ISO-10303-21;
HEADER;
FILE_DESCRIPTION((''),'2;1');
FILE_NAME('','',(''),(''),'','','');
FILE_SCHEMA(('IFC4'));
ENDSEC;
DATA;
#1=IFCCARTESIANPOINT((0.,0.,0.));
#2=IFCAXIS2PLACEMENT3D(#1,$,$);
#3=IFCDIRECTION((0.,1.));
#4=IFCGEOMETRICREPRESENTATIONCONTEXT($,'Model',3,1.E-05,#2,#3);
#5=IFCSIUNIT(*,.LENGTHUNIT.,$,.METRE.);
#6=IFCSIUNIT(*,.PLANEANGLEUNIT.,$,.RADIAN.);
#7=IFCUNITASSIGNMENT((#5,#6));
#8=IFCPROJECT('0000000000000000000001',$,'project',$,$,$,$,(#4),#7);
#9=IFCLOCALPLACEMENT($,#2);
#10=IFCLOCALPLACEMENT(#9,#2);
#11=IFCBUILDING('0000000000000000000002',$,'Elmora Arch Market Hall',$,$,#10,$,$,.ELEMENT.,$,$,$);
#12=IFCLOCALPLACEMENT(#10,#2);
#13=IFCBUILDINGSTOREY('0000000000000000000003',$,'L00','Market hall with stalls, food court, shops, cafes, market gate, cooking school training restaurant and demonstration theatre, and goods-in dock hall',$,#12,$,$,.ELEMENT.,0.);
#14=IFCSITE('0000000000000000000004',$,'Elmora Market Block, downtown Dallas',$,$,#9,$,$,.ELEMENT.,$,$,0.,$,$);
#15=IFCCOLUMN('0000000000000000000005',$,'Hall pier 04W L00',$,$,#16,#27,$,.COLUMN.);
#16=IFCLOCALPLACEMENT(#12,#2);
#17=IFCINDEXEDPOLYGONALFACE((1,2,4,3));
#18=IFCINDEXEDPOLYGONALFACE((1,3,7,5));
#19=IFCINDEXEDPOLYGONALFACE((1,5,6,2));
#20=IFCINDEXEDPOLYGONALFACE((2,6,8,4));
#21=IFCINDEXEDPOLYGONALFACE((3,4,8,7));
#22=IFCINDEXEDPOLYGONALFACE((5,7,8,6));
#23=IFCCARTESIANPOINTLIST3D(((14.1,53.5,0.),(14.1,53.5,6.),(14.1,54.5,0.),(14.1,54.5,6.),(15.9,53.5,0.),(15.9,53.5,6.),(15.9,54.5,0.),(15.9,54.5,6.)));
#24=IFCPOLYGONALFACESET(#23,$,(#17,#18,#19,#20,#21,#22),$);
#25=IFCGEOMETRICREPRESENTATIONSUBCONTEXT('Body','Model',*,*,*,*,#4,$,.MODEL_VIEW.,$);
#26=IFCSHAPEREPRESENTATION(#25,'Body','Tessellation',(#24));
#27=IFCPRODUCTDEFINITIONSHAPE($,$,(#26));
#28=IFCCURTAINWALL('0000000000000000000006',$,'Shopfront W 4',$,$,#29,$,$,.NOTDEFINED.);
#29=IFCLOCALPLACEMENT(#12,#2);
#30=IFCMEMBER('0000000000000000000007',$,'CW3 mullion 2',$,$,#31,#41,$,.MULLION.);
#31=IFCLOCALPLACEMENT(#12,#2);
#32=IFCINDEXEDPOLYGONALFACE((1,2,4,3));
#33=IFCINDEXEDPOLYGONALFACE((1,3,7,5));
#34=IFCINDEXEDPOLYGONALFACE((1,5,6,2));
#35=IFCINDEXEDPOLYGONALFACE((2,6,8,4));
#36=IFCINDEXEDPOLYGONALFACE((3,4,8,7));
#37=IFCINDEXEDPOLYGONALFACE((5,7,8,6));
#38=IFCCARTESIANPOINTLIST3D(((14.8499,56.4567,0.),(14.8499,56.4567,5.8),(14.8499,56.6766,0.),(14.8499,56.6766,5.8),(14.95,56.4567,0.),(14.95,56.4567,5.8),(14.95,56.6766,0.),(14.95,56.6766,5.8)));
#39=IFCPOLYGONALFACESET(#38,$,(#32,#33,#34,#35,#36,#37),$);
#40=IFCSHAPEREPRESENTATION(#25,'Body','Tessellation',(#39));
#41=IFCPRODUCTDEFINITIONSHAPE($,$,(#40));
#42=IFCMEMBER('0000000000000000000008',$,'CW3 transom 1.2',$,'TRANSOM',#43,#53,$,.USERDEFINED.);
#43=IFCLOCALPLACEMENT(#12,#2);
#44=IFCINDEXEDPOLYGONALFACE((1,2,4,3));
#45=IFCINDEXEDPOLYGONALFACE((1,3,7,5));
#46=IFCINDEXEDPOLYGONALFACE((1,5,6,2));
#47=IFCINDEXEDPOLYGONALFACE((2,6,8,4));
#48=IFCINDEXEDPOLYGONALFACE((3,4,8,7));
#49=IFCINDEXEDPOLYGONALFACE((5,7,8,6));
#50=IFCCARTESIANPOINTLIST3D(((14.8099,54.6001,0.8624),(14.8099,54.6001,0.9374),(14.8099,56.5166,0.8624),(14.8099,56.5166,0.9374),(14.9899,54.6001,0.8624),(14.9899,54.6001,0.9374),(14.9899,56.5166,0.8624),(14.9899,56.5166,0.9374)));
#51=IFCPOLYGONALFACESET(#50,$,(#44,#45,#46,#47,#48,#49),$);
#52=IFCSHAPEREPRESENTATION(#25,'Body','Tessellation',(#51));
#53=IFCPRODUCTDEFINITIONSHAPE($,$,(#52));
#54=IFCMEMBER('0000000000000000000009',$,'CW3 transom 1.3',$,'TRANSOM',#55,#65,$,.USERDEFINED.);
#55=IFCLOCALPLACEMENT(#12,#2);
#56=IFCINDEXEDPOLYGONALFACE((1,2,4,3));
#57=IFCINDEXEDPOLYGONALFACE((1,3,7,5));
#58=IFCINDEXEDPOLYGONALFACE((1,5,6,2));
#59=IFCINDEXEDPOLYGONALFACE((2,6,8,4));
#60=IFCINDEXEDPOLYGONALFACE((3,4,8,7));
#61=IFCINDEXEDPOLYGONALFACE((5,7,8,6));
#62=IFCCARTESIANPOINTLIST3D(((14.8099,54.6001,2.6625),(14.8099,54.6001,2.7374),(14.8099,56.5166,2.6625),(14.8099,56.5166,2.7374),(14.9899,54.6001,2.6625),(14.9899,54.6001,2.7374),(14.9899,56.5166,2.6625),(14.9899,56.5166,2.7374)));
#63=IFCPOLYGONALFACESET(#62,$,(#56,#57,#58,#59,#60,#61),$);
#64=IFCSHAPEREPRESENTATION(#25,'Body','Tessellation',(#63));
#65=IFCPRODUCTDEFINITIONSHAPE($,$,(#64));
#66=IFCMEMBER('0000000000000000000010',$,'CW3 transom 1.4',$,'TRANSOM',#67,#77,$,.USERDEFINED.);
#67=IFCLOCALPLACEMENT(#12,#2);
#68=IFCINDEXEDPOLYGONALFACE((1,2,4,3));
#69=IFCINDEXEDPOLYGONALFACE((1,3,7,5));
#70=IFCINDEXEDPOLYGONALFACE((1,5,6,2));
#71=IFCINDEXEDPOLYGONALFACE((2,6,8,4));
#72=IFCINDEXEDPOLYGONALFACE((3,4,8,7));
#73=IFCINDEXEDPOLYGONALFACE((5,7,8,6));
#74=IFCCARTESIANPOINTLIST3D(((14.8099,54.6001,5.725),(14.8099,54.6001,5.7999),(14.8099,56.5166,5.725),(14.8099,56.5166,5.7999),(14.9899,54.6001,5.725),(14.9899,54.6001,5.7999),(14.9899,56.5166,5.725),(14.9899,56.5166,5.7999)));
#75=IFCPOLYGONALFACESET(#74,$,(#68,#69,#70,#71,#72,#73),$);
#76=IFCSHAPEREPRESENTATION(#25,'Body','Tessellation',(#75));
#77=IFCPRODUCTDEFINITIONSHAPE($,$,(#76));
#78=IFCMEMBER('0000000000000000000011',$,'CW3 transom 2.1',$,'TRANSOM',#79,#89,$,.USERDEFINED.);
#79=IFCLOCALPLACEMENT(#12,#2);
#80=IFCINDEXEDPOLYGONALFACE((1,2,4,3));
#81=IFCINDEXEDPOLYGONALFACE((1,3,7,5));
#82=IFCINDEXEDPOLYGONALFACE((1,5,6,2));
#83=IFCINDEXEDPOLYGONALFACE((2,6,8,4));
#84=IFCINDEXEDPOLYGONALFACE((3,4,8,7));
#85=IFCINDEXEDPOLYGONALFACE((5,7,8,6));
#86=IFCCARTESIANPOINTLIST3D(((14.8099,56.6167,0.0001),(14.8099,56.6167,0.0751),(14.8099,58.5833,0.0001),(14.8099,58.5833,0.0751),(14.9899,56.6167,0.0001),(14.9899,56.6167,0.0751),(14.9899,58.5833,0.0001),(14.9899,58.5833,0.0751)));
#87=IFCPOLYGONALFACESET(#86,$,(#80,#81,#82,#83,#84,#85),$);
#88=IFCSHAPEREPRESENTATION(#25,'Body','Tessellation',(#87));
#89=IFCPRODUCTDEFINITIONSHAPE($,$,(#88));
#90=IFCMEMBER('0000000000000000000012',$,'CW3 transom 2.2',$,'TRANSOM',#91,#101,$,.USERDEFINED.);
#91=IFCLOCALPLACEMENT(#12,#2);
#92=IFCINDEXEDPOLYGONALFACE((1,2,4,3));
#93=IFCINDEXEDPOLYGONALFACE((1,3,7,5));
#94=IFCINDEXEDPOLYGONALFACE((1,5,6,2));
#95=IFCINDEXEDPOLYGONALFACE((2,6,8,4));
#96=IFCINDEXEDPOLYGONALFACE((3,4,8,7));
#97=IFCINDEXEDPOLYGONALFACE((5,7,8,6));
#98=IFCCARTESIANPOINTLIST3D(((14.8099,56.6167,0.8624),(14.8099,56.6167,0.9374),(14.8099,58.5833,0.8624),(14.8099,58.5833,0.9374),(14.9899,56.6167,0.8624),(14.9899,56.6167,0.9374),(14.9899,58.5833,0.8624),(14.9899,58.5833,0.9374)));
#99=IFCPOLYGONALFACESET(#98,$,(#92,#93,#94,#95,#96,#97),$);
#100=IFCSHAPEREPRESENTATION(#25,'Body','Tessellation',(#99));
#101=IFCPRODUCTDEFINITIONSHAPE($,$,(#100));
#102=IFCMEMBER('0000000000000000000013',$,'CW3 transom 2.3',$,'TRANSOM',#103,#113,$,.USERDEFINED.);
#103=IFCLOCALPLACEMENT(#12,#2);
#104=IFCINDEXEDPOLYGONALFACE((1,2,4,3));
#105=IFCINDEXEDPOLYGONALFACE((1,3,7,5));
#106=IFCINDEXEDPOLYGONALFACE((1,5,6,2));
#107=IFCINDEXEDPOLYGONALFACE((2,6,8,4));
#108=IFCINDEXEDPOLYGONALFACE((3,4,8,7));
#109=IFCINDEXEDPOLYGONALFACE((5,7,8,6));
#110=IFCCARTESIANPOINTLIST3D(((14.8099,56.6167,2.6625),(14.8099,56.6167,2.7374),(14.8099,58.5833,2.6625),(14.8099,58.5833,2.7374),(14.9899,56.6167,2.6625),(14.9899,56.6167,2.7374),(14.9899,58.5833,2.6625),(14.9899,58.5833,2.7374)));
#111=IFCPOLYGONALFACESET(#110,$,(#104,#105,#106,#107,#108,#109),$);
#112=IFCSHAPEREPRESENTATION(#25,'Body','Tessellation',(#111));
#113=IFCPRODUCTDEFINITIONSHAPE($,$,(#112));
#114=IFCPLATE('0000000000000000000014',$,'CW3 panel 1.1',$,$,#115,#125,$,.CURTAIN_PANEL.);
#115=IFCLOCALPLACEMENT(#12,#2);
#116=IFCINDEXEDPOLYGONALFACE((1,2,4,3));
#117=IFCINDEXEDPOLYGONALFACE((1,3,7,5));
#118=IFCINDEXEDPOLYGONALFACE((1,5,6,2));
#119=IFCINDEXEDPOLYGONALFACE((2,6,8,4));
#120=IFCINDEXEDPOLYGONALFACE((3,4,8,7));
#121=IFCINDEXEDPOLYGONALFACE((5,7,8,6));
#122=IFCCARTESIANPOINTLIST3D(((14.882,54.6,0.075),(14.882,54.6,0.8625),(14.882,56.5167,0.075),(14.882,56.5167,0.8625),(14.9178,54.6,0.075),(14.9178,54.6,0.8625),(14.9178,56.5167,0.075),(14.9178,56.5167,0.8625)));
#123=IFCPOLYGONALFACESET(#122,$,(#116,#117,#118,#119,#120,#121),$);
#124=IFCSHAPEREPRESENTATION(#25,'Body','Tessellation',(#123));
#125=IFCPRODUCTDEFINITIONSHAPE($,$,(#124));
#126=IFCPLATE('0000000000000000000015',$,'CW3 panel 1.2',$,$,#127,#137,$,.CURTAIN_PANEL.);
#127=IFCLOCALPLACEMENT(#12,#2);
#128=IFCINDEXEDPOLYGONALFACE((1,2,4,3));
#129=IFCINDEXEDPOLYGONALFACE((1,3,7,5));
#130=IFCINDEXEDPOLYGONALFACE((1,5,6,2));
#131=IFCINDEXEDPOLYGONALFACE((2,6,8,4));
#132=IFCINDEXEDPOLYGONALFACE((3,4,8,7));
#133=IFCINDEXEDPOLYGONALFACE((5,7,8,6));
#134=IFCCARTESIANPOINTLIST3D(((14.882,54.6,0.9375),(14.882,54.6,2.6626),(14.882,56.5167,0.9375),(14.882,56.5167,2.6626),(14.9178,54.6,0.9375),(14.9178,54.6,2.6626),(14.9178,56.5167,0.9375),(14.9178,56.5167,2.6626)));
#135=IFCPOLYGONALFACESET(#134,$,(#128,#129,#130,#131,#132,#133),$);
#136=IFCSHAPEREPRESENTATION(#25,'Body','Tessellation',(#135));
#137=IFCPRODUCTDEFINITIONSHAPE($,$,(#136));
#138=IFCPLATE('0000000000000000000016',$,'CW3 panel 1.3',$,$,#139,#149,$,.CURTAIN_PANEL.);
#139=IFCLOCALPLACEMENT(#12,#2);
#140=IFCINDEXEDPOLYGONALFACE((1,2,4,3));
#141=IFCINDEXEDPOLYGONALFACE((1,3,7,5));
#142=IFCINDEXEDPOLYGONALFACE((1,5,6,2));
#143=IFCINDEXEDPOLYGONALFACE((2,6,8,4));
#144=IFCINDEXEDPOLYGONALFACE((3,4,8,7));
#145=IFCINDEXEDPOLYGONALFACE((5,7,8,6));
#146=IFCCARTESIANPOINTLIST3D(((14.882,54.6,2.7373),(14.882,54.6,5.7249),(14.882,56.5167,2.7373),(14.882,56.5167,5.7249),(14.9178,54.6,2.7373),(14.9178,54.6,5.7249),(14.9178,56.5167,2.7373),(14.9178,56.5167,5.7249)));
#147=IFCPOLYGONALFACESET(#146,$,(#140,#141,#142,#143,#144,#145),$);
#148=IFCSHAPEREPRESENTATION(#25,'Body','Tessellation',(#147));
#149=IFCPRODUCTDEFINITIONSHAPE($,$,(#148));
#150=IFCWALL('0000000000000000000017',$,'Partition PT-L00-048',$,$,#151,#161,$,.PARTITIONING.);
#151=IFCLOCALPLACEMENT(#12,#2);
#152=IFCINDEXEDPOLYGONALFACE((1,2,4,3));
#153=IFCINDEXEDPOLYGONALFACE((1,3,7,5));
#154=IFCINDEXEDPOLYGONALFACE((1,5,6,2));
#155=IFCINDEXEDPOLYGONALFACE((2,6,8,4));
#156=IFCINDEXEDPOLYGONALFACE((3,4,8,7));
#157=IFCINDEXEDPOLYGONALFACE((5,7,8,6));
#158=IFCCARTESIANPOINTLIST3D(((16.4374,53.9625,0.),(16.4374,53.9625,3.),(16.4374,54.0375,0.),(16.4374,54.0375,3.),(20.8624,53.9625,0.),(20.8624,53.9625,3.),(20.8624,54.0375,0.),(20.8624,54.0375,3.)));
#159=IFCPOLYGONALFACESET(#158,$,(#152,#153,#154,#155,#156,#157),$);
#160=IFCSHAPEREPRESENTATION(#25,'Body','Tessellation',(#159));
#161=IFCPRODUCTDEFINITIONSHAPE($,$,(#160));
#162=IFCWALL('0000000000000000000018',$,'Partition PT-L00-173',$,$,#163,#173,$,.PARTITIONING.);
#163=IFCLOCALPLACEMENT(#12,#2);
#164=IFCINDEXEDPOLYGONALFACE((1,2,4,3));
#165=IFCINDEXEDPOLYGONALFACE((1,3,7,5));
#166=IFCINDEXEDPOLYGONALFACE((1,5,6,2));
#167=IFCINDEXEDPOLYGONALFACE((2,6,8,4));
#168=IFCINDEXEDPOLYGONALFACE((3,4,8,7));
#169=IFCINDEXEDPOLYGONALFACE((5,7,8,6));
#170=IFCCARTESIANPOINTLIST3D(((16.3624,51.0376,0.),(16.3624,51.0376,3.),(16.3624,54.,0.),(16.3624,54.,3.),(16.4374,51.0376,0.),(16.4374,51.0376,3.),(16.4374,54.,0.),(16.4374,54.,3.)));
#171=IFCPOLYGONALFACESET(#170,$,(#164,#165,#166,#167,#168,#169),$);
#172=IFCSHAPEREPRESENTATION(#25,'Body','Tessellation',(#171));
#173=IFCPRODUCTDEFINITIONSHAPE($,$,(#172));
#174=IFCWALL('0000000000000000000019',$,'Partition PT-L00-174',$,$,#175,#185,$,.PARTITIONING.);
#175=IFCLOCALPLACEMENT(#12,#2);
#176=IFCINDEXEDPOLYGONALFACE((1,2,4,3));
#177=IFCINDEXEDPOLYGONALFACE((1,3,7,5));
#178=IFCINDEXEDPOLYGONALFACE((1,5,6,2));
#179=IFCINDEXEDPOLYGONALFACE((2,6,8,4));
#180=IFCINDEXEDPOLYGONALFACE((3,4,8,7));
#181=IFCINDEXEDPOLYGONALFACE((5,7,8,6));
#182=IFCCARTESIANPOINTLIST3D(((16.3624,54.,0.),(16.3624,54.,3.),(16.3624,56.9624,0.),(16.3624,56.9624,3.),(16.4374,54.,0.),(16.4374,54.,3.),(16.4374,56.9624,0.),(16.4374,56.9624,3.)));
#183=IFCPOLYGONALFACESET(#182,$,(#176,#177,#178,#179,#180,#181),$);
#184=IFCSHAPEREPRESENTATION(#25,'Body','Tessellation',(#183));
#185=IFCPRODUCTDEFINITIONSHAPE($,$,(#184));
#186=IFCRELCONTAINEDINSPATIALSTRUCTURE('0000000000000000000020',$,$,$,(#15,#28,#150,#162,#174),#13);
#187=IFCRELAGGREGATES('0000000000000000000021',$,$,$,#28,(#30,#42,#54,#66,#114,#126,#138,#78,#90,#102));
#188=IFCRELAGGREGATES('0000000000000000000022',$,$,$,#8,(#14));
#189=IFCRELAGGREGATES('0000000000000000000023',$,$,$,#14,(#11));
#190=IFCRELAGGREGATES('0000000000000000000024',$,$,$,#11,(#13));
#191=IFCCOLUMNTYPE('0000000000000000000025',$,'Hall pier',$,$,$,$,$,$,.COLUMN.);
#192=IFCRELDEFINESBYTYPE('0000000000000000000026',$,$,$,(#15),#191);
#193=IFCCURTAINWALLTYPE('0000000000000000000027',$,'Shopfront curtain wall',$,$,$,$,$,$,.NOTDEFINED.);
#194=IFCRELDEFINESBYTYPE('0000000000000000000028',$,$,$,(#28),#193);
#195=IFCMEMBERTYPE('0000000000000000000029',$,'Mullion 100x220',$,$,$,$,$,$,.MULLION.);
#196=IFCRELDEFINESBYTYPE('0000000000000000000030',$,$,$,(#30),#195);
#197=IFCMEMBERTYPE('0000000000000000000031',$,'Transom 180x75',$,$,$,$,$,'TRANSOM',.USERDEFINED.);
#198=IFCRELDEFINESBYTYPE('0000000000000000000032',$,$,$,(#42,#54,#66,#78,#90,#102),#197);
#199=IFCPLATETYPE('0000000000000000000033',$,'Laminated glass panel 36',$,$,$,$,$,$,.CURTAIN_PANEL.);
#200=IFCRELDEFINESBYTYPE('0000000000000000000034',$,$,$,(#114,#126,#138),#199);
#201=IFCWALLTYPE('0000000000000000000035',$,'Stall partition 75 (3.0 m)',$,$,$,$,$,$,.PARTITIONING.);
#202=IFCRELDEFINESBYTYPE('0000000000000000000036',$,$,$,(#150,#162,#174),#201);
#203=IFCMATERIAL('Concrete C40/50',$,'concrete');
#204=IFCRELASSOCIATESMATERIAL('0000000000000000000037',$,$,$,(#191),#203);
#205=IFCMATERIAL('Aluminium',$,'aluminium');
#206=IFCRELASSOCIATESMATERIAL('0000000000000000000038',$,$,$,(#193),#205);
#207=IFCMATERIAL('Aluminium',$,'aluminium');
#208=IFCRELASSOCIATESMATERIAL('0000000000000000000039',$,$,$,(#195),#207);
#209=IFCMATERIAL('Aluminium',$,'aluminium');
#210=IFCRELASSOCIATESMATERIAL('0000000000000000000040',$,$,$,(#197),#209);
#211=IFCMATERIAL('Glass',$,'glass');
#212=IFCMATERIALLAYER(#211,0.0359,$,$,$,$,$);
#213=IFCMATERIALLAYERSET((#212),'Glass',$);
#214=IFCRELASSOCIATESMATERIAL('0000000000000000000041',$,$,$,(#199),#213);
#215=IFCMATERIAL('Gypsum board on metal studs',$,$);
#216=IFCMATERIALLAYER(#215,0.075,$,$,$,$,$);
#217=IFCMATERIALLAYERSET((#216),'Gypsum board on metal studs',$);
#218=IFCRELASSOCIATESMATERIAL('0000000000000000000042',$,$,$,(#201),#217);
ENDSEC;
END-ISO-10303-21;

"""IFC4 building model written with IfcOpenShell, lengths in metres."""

from ifc_helpers import new_model, si_unit, direction, frame, frame_2d, origin, origin_2d, place, context, subcontext, project, spatial, rectangle, extrude, material, layer, layer_set, material_profile, profile_set, type_object, element, aggregate, save


model = new_model("IFC4")

# Units and contexts
model_context = context("Model", 3, precision=1e-05, world=origin(), true_north=direction((0.0, 1.0)))
body_context = subcontext(model_context, "Body", "Model", "MODEL_VIEW")
ifc_project = project(units=[si_unit("LENGTHUNIT", "METRE"), si_unit("PLANEANGLEUNIT", "RADIAN")], contexts=[model_context])

# Site, building, storey
site_placement = place(None, origin())
site = spatial("IfcSite", under=ifc_project, at=site_placement, Name="Elmora Market Block, downtown Dallas", CompositionType="ELEMENT", RefElevation=0.0)
building_placement = place(site_placement, origin())
building = spatial("IfcBuilding", under=site, at=building_placement, Name="Elmora Arch Market Hall", CompositionType="ELEMENT")
storey_placement = place(building_placement, origin())
storey = spatial("IfcBuildingStorey", under=building, at=storey_placement, Name="L00", Description="Market hall with stalls, food court, shops, cafes, market gate, cooking school training restaurant and demonstration theatre, and goods-in dock hall", CompositionType="ELEMENT", Elevation=0.0)

# Column
ifc_material_1 = material(Name="Concrete C40/50", Category="concrete")
ifc_material_profile_1 = material_profile(ifc_material_1, rectangle(XDim=1.8, YDim=1.0, at=origin_2d()), Name="Hall pier")
ifc_profile_set_1 = profile_set([ifc_material_profile_1], Name="Concrete C40/50")
column_type = type_object("IfcColumnType", Name="Hall pier", PredefinedType="COLUMN", material=ifc_profile_set_1)
column_placement = place(storey_placement, frame((15.0, 54.0, 0.0), z_axis=(0.0, 0.0, 1.0), x_axis=(1.0, 0.0, 0.0)))
element("IfcColumn", 1, at=column_placement, inside=storey, type_object=column_type, Name="Hall pier 04W L00", PredefinedType="COLUMN", context=body_context, shape_type="SweptSolid", body=[
    extrude(rectangle(XDim=1.8, YDim=1.0, at=origin_2d()), origin(), (0.0, 0.0, 1.0), 6.0),
])

# Curtain wall, members, plates
ifc_material_2 = material(Name="Aluminium", Category="aluminium")
curtain_wall_type = type_object("IfcCurtainWallType", Name="Shopfront curtain wall", PredefinedType="NOTDEFINED", material=ifc_material_2)
curtain_wall_placement = place(storey_placement, origin())
curtain_wall = element("IfcCurtainWall", 2, at=curtain_wall_placement, inside=storey, type_object=curtain_wall_type, Name="Shopfront W 4", PredefinedType="NOTDEFINED")
ifc_material_3 = material(Name="Aluminium", Category="aluminium")
ifc_material_profile_2 = material_profile(ifc_material_3, rectangle(XDim=0.1001, YDim=0.22, at=origin_2d()), Name="AL 100x220")
ifc_profile_set_2 = profile_set([ifc_material_profile_2], Name="Aluminium")
member_type_1 = type_object("IfcMemberType", Name="Mullion 100x220", PredefinedType="MULLION", material=ifc_profile_set_2)
member_1_placement = place(storey_placement, frame((14.8999, 56.5667, 0.0), z_axis=(0.0, 0.0, 1.0), x_axis=(-1.0, 0.0, 0.0)))
member_1 = element("IfcMember", 3, at=member_1_placement, type_object=member_type_1, Name="CW3 mullion 2", PredefinedType="MULLION", context=body_context, shape_type="SweptSolid", body=[
    extrude(rectangle(XDim=0.1001, YDim=0.22, at=origin_2d()), origin(), (0.0, 0.0, 1.0), 5.8),
])
ifc_material_4 = material(Name="Aluminium", Category="aluminium")
ifc_material_profile_3 = material_profile(ifc_material_4, rectangle(XDim=0.1799, YDim=0.075, at=origin_2d()), Name="AL 180x75")
ifc_profile_set_3 = profile_set([ifc_material_profile_3], Name="Aluminium")
member_type_2 = type_object("IfcMemberType", Name="Transom 180x75", ElementType="TRANSOM", PredefinedType="USERDEFINED", material=ifc_profile_set_3)
member_2_placement = place(storey_placement, frame((14.8999, 54.6001, 0.8999), z_axis=(0.0, 1.0, 0.0), x_axis=(-1.0, 0.0, 0.0)))
member_2 = element("IfcMember", 4, at=member_2_placement, type_object=member_type_2, Name="CW3 transom 1.2", ObjectType="TRANSOM", PredefinedType="USERDEFINED", context=body_context, shape_type="SweptSolid", body=[
    extrude(rectangle(XDim=0.1799, YDim=0.075, at=origin_2d()), origin(), (0.0, 0.0, 1.0), 1.9165),
])
member_3_placement = place(storey_placement, frame((14.8999, 54.6001, 2.7), z_axis=(0.0, 1.0, 0.0), x_axis=(-1.0, 0.0, 0.0)))
member_3 = element("IfcMember", 5, at=member_3_placement, type_object=member_type_2, Name="CW3 transom 1.3", ObjectType="TRANSOM", PredefinedType="USERDEFINED", context=body_context, shape_type="SweptSolid", body=[
    extrude(rectangle(XDim=0.1799, YDim=0.075, at=origin_2d()), origin(), (0.0, 0.0, 1.0), 1.9165),
])
member_4_placement = place(storey_placement, frame((14.8999, 54.6001, 5.7625), z_axis=(0.0, 1.0, 0.0), x_axis=(-1.0, 0.0, 0.0)))
member_4 = element("IfcMember", 6, at=member_4_placement, type_object=member_type_2, Name="CW3 transom 1.4", ObjectType="TRANSOM", PredefinedType="USERDEFINED", context=body_context, shape_type="SweptSolid", body=[
    extrude(rectangle(XDim=0.1799, YDim=0.075, at=origin_2d()), origin(), (0.0, 0.0, 1.0), 1.9165),
])
member_5_placement = place(storey_placement, frame((14.8999, 56.6167, 0.0376), z_axis=(0.0, 1.0, 0.0), x_axis=(-1.0, 0.0, 0.0)))
member_5 = element("IfcMember", 7, at=member_5_placement, type_object=member_type_2, Name="CW3 transom 2.1", ObjectType="TRANSOM", PredefinedType="USERDEFINED", context=body_context, shape_type="SweptSolid", body=[
    extrude(rectangle(XDim=0.1799, YDim=0.075, at=origin_2d()), origin(), (0.0, 0.0, 1.0), 1.9666),
])
member_6_placement = place(storey_placement, frame((14.8999, 56.6167, 0.8999), z_axis=(0.0, 1.0, 0.0), x_axis=(-1.0, 0.0, 0.0)))
member_6 = element("IfcMember", 8, at=member_6_placement, type_object=member_type_2, Name="CW3 transom 2.2", ObjectType="TRANSOM", PredefinedType="USERDEFINED", context=body_context, shape_type="SweptSolid", body=[
    extrude(rectangle(XDim=0.1799, YDim=0.075, at=origin_2d()), origin(), (0.0, 0.0, 1.0), 1.9666),
])
member_7_placement = place(storey_placement, frame((14.8999, 56.6167, 2.7), z_axis=(0.0, 1.0, 0.0), x_axis=(-1.0, 0.0, 0.0)))
member_7 = element("IfcMember", 9, at=member_7_placement, type_object=member_type_2, Name="CW3 transom 2.3", ObjectType="TRANSOM", PredefinedType="USERDEFINED", context=body_context, shape_type="SweptSolid", body=[
    extrude(rectangle(XDim=0.1799, YDim=0.075, at=origin_2d()), origin(), (0.0, 0.0, 1.0), 1.9666),
])
ifc_material_5 = material(Name="Glass", Category="glass")
ifc_layer_1 = layer(ifc_material_5, 0.0359)
ifc_layer_set_1 = layer_set([ifc_layer_1], Name="Glass")
plate_type = type_object("IfcPlateType", Name="Laminated glass panel 36", PredefinedType="CURTAIN_PANEL", material=ifc_layer_set_1)
plate_1_placement = place(storey_placement, frame((14.8999, 55.5583, 0.075), z_axis=(0.0, 0.0, 1.0), x_axis=(0.0, 1.0, 0.0)))
plate_1 = element("IfcPlate", 10, at=plate_1_placement, type_object=plate_type, Name="CW3 panel 1.1", PredefinedType="CURTAIN_PANEL", context=body_context, shape_type="SweptSolid", body=[
    extrude(rectangle(XDim=1.9167, YDim=0.0359, at=origin_2d()), origin(), (0.0, 0.0, 1.0), 0.7876),
])
plate_2_placement = place(storey_placement, frame((14.8999, 55.5583, 0.9375), z_axis=(0.0, 0.0, 1.0), x_axis=(0.0, 1.0, 0.0)))
plate_2 = element("IfcPlate", 11, at=plate_2_placement, type_object=plate_type, Name="CW3 panel 1.2", PredefinedType="CURTAIN_PANEL", context=body_context, shape_type="SweptSolid", body=[
    extrude(rectangle(XDim=1.9167, YDim=0.0359, at=origin_2d()), origin(), (0.0, 0.0, 1.0), 1.7251),
])
plate_3_placement = place(storey_placement, frame((14.8999, 55.5583, 2.7373), z_axis=(0.0, 0.0, 1.0), x_axis=(0.0, 1.0, 0.0)))
plate_3 = element("IfcPlate", 12, at=plate_3_placement, type_object=plate_type, Name="CW3 panel 1.3", PredefinedType="CURTAIN_PANEL", context=body_context, shape_type="SweptSolid", body=[
    extrude(rectangle(XDim=1.9167, YDim=0.0359, at=origin_2d()), origin(), (0.0, 0.0, 1.0), 2.9875),
])
aggregate(curtain_wall, [member_1, member_2, member_3, member_4, plate_1, plate_2, plate_3, member_5, member_6, member_7])

# Shared definitions
ifc_material_6 = material(Name="Gypsum board on metal studs")
ifc_layer_2 = layer(ifc_material_6, 0.075)
ifc_layer_set_2 = layer_set([ifc_layer_2], Name="Gypsum board on metal studs")
wall_type = type_object("IfcWallType", Name="Stall partition 75 (3.0 m)", PredefinedType="PARTITIONING", material=ifc_layer_set_2)

# Walls
wall_1_placement = place(storey_placement, frame((16.4375, 54.0, 0.0), z_axis=(0.0, 0.0, 1.0), x_axis=(1.0, 0.0, 0.0)))
element("IfcWall", 13, at=wall_1_placement, inside=storey, type_object=wall_type, Name="Partition PT-L00-048", PredefinedType="PARTITIONING", context=body_context, shape_type="SweptSolid", body=[
    extrude(rectangle(XDim=4.425, YDim=0.075, at=frame_2d((2.2124, 0.0))), origin(), (0.0, 0.0, 1.0), 3.0),
])
for number, where, z_axis, x_axis, name in (
    (14, (16.3999, 51.0376, 0.0), (0.0, 0.0, 1.0), (0.0, 1.0, 0.0), "Partition PT-L00-173"),
    (15, (16.3999, 54.0, 0.0), (0.0, 0.0, 1.0), (0.0, 1.0, 0.0), "Partition PT-L00-174"),
):
    element("IfcWall", number, at=place(storey_placement, frame(where, z_axis=z_axis, x_axis=x_axis)), inside=storey, type_object=wall_type, Name=name, PredefinedType="PARTITIONING", context=body_context, shape_type="SweptSolid", body=[
        extrude(rectangle(XDim=2.9624, YDim=0.075, at=frame_2d((1.4812, 0.0))), origin(), (0.0, 0.0, 1.0), 3.0),
    ])

save(model, "model.ifc")
